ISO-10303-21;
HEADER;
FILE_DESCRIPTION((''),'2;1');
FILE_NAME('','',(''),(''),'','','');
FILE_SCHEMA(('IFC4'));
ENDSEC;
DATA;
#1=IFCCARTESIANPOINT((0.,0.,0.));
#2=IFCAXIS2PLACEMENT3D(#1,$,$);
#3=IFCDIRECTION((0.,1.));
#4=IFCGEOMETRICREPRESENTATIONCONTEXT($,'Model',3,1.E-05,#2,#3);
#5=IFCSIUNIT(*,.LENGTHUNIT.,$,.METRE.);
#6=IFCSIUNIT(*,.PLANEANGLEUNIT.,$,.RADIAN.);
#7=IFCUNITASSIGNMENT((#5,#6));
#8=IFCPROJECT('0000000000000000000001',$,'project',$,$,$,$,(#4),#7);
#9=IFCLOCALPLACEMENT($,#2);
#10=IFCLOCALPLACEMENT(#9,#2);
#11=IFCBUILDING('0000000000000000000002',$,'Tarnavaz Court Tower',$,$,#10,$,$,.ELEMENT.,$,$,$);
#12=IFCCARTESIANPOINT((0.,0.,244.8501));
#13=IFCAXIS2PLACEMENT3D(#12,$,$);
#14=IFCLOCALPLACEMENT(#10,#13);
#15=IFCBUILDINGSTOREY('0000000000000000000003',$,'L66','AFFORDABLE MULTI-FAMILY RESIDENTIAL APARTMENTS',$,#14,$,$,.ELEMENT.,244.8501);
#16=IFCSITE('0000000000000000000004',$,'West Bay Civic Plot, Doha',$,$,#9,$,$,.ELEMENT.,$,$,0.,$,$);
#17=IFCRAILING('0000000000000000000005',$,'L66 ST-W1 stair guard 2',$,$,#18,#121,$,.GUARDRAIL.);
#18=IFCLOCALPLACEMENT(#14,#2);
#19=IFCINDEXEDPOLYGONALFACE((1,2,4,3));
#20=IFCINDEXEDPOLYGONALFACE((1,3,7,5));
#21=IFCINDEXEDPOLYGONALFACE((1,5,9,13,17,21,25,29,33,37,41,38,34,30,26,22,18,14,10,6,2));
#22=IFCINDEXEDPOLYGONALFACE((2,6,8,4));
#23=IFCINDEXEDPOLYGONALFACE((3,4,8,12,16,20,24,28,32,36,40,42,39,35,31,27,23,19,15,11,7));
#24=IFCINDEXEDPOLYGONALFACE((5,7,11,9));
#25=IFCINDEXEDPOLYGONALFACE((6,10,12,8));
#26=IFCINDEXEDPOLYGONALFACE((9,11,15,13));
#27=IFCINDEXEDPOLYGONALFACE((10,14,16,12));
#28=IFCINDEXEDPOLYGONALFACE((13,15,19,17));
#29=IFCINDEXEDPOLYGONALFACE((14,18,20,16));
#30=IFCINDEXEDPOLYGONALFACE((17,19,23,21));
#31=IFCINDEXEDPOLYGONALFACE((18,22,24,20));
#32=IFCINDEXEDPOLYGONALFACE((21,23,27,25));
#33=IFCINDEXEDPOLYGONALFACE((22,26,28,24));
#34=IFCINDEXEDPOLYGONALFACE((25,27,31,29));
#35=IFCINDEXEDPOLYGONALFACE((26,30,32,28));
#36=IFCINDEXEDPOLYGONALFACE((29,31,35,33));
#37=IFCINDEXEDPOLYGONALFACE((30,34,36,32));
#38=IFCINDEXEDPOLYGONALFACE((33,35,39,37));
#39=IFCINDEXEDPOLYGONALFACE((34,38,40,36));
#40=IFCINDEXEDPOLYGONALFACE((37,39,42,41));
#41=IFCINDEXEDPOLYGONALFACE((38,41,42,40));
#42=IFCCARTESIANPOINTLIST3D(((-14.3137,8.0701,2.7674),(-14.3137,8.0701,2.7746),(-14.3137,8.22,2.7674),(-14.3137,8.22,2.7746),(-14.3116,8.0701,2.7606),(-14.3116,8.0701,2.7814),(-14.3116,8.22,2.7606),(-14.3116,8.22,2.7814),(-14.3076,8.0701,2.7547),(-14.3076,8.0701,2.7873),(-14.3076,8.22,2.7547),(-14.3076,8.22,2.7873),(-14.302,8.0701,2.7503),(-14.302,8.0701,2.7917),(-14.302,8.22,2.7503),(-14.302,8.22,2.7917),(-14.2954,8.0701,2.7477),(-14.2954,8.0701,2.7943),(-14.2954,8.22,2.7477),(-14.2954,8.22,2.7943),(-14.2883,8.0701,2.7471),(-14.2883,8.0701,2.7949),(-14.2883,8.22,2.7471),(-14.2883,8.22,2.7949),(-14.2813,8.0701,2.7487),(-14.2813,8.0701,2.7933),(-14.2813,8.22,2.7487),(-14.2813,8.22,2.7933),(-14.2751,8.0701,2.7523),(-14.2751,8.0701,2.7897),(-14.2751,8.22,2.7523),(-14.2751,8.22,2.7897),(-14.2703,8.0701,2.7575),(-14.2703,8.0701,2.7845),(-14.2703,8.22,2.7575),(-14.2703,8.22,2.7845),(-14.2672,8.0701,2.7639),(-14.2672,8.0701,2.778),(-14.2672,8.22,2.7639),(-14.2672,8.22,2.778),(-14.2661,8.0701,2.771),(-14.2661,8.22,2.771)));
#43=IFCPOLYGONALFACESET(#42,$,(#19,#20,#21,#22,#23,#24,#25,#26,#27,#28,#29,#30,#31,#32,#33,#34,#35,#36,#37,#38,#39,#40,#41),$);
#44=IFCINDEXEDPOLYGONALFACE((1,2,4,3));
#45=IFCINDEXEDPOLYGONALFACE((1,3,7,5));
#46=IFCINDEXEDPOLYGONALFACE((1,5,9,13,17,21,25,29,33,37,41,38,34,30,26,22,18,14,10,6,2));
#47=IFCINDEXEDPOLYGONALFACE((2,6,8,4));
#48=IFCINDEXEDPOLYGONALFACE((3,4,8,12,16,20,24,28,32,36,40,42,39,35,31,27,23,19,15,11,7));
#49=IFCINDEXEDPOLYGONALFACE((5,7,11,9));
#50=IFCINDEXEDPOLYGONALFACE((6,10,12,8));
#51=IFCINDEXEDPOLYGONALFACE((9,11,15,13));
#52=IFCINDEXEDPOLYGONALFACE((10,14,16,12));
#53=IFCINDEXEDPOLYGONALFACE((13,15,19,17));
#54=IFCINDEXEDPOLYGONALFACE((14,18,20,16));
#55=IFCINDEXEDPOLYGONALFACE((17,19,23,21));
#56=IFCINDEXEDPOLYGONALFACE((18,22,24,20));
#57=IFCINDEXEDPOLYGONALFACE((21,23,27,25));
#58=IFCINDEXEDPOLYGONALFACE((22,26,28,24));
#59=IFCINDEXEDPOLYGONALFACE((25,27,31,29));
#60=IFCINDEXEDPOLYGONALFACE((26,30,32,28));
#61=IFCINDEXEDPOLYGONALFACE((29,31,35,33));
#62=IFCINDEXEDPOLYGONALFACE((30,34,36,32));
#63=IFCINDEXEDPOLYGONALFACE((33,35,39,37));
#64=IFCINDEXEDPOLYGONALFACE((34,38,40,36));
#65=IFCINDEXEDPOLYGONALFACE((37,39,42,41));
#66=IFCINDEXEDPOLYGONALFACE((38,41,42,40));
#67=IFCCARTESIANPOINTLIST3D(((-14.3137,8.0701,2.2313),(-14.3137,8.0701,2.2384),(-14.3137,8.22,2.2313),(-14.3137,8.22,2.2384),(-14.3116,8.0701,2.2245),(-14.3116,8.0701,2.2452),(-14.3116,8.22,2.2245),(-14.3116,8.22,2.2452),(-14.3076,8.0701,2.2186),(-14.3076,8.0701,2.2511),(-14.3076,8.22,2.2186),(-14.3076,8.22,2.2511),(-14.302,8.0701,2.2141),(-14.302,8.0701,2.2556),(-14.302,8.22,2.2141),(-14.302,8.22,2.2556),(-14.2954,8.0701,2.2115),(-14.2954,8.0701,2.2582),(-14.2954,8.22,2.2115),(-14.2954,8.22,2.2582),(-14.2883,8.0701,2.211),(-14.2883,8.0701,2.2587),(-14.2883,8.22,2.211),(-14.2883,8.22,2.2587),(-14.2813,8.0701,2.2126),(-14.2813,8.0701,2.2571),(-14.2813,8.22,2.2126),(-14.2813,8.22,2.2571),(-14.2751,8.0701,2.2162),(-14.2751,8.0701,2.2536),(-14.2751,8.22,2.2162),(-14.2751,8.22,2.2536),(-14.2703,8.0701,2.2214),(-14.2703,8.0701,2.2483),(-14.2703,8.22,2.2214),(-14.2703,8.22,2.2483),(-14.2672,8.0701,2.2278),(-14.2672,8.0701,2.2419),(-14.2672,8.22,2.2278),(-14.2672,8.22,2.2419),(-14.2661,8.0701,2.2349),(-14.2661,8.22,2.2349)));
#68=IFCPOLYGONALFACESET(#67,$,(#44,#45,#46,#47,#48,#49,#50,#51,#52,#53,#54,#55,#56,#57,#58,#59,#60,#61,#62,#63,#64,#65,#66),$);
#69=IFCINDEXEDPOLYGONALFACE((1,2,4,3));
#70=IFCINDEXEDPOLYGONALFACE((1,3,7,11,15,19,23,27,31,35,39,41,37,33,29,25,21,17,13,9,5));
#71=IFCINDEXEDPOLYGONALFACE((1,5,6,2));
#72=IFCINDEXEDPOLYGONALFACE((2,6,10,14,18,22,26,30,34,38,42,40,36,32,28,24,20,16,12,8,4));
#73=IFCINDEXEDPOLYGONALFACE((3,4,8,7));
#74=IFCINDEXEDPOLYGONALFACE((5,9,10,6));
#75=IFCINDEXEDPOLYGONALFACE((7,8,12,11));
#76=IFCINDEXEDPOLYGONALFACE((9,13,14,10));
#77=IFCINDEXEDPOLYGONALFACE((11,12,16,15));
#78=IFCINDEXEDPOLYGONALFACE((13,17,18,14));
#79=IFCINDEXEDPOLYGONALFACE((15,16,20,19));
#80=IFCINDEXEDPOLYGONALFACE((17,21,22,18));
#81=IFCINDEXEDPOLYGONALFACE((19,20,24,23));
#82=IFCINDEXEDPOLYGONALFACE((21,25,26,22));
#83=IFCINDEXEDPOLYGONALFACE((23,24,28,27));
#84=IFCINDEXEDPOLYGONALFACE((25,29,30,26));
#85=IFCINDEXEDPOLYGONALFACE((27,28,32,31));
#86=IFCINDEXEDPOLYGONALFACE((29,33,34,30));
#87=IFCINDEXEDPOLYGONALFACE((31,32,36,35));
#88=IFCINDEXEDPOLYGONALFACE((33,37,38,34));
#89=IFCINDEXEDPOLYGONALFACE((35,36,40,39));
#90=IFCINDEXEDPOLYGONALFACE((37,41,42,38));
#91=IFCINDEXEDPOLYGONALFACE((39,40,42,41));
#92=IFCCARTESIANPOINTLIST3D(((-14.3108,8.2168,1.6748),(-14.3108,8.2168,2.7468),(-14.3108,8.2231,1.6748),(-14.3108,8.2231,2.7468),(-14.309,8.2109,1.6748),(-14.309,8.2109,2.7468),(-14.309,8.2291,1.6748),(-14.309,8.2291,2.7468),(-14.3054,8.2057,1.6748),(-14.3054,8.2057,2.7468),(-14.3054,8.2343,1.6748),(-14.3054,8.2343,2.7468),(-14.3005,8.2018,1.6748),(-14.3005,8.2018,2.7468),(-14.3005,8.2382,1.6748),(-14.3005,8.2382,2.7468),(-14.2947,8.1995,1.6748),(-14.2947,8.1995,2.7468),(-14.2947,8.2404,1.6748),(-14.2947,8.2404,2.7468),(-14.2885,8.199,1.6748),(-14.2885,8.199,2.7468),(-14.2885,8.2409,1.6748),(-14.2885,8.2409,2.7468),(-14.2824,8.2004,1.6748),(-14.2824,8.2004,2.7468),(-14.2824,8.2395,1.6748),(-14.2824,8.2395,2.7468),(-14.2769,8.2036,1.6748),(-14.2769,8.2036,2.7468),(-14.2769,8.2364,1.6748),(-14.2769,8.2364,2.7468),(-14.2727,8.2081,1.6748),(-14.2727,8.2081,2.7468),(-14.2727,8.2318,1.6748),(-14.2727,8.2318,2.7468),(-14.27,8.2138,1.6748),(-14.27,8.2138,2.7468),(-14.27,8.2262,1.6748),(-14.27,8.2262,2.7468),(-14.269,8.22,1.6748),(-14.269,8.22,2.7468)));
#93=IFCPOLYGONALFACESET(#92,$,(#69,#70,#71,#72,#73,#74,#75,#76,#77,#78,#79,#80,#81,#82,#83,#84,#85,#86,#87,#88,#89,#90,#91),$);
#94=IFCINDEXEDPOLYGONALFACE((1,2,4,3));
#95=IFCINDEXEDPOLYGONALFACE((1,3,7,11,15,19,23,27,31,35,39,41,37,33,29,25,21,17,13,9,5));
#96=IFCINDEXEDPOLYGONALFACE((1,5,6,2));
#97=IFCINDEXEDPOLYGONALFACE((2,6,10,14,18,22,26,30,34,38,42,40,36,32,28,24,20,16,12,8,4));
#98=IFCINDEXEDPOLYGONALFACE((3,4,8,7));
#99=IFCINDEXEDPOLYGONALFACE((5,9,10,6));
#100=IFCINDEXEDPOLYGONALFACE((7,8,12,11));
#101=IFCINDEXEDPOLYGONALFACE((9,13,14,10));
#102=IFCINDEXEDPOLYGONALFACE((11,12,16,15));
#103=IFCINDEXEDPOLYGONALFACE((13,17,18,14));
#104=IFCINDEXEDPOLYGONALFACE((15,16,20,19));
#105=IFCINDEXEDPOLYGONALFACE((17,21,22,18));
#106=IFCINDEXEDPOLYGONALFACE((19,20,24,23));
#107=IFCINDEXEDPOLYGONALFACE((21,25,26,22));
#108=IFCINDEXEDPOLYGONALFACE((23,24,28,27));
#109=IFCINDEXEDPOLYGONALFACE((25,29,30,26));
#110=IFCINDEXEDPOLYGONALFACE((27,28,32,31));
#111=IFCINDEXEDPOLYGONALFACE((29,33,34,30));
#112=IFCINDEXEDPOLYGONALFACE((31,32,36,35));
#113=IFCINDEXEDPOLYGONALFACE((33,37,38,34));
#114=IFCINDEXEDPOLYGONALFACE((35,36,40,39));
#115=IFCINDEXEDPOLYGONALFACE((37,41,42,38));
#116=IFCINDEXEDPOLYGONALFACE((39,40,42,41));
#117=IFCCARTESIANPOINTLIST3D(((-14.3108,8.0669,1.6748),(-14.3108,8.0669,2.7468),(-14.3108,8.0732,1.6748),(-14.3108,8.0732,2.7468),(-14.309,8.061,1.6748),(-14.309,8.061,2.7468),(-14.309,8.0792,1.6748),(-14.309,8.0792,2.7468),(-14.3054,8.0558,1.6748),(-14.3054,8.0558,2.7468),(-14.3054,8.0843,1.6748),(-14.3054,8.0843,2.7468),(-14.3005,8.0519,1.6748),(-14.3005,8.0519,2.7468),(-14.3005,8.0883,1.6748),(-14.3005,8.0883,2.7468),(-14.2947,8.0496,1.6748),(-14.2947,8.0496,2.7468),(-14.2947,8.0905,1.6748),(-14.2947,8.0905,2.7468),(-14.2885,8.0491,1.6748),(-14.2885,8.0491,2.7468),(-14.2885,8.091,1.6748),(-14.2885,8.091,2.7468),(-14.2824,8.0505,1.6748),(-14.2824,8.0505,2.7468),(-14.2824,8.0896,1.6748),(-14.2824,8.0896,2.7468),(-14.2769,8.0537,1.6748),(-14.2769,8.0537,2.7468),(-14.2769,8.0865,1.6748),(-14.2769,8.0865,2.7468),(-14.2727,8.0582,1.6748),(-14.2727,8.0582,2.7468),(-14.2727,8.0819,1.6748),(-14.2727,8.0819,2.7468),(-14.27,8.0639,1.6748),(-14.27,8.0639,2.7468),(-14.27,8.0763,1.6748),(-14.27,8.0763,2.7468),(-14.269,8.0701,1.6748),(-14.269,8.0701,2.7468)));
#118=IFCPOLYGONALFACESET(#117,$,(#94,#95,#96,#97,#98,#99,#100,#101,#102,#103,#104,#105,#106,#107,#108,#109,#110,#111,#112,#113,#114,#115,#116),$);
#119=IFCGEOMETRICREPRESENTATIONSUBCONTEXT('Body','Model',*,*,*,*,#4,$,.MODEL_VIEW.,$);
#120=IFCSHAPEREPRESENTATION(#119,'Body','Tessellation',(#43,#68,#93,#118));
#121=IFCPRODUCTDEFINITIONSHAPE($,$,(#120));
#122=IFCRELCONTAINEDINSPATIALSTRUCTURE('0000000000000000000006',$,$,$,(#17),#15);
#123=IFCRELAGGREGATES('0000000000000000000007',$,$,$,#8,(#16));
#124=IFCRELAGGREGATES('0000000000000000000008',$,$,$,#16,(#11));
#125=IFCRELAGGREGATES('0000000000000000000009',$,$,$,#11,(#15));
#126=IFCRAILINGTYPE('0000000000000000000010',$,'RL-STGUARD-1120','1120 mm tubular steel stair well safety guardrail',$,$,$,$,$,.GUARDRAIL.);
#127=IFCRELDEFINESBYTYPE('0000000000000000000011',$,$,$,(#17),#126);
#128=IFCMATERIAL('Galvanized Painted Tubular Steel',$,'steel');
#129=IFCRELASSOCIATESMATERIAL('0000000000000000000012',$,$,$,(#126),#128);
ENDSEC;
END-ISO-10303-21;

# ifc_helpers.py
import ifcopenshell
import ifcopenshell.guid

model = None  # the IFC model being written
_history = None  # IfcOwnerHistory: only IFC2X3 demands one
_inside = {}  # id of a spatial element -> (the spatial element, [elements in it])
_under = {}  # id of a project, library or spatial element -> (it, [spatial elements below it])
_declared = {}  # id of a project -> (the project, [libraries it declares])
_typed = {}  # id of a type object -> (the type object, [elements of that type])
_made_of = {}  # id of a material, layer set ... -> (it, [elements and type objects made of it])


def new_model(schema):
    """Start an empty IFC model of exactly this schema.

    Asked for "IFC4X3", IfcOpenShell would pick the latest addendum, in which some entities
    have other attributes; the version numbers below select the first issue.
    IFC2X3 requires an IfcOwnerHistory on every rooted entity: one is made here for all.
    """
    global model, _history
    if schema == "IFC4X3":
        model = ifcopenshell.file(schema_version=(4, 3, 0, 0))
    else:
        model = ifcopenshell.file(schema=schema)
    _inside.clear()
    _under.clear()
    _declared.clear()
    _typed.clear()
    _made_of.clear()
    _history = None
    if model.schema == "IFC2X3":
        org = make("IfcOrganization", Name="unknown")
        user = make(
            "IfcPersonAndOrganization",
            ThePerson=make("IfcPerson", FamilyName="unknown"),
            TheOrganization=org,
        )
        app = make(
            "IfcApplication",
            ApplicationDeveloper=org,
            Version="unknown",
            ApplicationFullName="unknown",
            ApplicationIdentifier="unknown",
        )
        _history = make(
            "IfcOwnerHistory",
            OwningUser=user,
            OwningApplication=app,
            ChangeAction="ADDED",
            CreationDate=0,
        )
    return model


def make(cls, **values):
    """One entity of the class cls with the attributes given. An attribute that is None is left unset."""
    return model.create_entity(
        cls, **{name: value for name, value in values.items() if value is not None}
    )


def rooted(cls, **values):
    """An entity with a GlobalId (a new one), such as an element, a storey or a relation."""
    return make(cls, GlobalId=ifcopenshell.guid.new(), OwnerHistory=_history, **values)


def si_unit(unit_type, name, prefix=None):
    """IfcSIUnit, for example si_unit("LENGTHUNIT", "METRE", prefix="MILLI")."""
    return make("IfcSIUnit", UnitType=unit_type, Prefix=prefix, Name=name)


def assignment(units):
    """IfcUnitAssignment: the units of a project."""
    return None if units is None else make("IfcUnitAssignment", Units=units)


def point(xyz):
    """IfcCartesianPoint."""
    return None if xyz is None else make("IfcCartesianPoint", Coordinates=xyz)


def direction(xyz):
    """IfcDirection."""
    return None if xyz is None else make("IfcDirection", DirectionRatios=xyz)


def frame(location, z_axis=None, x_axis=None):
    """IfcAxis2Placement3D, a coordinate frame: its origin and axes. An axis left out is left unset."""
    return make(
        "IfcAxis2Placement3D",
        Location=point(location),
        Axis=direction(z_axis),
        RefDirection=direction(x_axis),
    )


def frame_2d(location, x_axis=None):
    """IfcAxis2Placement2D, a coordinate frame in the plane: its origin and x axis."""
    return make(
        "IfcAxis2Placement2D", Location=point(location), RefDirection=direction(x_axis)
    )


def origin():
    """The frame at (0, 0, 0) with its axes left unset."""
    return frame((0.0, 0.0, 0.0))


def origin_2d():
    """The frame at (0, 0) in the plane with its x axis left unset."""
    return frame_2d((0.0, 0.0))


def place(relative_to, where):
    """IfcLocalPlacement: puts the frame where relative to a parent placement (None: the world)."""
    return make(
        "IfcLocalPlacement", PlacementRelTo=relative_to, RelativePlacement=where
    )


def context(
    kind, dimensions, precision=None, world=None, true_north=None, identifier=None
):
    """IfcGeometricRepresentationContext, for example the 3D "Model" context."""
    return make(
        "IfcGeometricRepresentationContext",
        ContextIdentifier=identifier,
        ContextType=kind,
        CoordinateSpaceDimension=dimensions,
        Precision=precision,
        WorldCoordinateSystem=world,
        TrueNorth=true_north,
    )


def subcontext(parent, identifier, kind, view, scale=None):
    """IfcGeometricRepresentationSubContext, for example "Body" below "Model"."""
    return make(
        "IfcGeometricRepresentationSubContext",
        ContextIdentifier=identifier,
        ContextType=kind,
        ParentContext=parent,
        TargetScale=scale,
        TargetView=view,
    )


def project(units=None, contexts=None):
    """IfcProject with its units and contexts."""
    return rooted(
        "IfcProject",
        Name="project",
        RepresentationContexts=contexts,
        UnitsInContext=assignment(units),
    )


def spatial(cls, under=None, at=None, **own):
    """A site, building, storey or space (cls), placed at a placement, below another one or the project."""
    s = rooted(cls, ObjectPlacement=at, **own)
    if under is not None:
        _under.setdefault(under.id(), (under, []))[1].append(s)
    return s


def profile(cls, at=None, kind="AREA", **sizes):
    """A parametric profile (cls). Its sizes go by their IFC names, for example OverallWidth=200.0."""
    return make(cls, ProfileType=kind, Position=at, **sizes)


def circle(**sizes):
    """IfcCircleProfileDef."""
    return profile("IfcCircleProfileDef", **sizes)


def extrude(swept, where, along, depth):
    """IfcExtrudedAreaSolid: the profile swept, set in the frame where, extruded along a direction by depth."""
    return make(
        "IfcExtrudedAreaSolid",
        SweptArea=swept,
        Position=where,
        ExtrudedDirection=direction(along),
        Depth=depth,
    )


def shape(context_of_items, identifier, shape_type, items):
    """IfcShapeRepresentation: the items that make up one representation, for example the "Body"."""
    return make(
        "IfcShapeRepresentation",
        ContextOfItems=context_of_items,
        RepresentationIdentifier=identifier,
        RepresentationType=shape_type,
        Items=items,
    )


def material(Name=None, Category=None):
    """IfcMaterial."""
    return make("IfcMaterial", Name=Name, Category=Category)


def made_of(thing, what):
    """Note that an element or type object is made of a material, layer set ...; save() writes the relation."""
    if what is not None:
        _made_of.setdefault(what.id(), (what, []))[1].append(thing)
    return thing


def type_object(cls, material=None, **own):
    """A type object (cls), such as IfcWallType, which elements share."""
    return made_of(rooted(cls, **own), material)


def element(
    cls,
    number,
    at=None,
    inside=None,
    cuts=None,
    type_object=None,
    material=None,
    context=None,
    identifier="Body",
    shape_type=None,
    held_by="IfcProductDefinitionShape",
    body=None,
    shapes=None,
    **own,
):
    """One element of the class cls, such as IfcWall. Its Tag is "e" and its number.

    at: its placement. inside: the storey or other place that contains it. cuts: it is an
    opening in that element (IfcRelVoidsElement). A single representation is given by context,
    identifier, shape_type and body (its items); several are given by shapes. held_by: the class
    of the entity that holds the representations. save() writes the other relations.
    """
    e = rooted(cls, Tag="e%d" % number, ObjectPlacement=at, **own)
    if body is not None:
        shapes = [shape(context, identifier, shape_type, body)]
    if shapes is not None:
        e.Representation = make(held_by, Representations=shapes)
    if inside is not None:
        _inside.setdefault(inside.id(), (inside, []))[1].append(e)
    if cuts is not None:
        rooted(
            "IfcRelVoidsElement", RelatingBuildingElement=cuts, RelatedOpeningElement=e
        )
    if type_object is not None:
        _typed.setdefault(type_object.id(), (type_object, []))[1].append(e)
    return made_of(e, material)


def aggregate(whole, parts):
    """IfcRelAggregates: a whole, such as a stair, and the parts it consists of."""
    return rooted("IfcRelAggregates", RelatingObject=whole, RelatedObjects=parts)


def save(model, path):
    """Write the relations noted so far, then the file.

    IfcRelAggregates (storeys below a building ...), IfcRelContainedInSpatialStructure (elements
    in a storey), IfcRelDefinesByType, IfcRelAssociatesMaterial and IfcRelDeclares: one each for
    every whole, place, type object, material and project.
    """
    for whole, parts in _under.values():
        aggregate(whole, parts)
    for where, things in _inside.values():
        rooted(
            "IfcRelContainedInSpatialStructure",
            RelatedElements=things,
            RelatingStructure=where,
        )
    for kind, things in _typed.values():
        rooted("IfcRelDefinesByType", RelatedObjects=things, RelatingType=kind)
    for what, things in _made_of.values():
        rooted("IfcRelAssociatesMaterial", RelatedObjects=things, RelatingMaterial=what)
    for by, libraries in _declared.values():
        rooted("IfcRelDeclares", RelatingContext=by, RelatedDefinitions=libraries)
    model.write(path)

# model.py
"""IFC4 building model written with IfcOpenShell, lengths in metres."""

from ifc_helpers import new_model, si_unit, direction, frame, origin, origin_2d, place, context, subcontext, project, spatial, circle, extrude, material, type_object, element, save


model = new_model("IFC4")

# Units and contexts
model_context = context("Model", 3, precision=1e-05, world=origin(), true_north=direction((0.0, 1.0)))
body_context = subcontext(model_context, "Body", "Model", "MODEL_VIEW")
ifc_project = project(units=[si_unit("LENGTHUNIT", "METRE"), si_unit("PLANEANGLEUNIT", "RADIAN")], contexts=[model_context])

# Site, building, storey
site_placement = place(None, origin())
site = spatial("IfcSite", under=ifc_project, at=site_placement, Name="West Bay Civic Plot, Doha", CompositionType="ELEMENT", RefElevation=0.0)
building_placement = place(site_placement, origin())
building = spatial("IfcBuilding", under=site, at=building_placement, Name="Tarnavaz Court Tower", CompositionType="ELEMENT")
storey_placement = place(building_placement, frame((0.0, 0.0, 244.8501)))
storey = spatial("IfcBuildingStorey", under=building, at=storey_placement, Name="L66", Description="AFFORDABLE MULTI-FAMILY RESIDENTIAL APARTMENTS", CompositionType="ELEMENT", Elevation=244.8501)

# Railing
ifc_material_1 = material(Name="Galvanized Painted Tubular Steel", Category="steel")
railing_type_1 = type_object("IfcRailingType", Name="RL-STGUARD-1120", Description="1120 mm tubular steel stair well safety guardrail", PredefinedType="GUARDRAIL", material=ifc_material_1)
railing_1_placement = place(storey_placement, frame((-14.29, 8.22, 1.6748)))
element("IfcRailing", 1, at=railing_1_placement, inside=storey, type_object=railing_type_1, Name="L66 ST-W1 stair guard 2", PredefinedType="GUARDRAIL", context=body_context, shape_type="SweptSolid", body=[
    extrude(circle(Radius=0.0239, at=origin_2d()), frame((0.0, 0.0, 1.0962), z_axis=(0.0, -1.0, 0.0), x_axis=(1.0, 0.0, 0.0)), (0.0, 0.0, 1.0), 0.1499),
    extrude(circle(Radius=0.0239, at=origin_2d()), frame((0.0, 0.0, 0.5601), z_axis=(0.0, -1.0, 0.0), x_axis=(1.0, 0.0, 0.0)), (0.0, 0.0, 1.0), 0.1499),
    extrude(circle(Radius=0.021, at=origin_2d()), origin(), (0.0, 0.0, 1.0), 1.072),
    extrude(circle(Radius=0.021, at=origin_2d()), frame((0.0, -0.1499, 0.0)), (0.0, 0.0, 1.0), 1.072),
])

save(model, "model.ifc")
